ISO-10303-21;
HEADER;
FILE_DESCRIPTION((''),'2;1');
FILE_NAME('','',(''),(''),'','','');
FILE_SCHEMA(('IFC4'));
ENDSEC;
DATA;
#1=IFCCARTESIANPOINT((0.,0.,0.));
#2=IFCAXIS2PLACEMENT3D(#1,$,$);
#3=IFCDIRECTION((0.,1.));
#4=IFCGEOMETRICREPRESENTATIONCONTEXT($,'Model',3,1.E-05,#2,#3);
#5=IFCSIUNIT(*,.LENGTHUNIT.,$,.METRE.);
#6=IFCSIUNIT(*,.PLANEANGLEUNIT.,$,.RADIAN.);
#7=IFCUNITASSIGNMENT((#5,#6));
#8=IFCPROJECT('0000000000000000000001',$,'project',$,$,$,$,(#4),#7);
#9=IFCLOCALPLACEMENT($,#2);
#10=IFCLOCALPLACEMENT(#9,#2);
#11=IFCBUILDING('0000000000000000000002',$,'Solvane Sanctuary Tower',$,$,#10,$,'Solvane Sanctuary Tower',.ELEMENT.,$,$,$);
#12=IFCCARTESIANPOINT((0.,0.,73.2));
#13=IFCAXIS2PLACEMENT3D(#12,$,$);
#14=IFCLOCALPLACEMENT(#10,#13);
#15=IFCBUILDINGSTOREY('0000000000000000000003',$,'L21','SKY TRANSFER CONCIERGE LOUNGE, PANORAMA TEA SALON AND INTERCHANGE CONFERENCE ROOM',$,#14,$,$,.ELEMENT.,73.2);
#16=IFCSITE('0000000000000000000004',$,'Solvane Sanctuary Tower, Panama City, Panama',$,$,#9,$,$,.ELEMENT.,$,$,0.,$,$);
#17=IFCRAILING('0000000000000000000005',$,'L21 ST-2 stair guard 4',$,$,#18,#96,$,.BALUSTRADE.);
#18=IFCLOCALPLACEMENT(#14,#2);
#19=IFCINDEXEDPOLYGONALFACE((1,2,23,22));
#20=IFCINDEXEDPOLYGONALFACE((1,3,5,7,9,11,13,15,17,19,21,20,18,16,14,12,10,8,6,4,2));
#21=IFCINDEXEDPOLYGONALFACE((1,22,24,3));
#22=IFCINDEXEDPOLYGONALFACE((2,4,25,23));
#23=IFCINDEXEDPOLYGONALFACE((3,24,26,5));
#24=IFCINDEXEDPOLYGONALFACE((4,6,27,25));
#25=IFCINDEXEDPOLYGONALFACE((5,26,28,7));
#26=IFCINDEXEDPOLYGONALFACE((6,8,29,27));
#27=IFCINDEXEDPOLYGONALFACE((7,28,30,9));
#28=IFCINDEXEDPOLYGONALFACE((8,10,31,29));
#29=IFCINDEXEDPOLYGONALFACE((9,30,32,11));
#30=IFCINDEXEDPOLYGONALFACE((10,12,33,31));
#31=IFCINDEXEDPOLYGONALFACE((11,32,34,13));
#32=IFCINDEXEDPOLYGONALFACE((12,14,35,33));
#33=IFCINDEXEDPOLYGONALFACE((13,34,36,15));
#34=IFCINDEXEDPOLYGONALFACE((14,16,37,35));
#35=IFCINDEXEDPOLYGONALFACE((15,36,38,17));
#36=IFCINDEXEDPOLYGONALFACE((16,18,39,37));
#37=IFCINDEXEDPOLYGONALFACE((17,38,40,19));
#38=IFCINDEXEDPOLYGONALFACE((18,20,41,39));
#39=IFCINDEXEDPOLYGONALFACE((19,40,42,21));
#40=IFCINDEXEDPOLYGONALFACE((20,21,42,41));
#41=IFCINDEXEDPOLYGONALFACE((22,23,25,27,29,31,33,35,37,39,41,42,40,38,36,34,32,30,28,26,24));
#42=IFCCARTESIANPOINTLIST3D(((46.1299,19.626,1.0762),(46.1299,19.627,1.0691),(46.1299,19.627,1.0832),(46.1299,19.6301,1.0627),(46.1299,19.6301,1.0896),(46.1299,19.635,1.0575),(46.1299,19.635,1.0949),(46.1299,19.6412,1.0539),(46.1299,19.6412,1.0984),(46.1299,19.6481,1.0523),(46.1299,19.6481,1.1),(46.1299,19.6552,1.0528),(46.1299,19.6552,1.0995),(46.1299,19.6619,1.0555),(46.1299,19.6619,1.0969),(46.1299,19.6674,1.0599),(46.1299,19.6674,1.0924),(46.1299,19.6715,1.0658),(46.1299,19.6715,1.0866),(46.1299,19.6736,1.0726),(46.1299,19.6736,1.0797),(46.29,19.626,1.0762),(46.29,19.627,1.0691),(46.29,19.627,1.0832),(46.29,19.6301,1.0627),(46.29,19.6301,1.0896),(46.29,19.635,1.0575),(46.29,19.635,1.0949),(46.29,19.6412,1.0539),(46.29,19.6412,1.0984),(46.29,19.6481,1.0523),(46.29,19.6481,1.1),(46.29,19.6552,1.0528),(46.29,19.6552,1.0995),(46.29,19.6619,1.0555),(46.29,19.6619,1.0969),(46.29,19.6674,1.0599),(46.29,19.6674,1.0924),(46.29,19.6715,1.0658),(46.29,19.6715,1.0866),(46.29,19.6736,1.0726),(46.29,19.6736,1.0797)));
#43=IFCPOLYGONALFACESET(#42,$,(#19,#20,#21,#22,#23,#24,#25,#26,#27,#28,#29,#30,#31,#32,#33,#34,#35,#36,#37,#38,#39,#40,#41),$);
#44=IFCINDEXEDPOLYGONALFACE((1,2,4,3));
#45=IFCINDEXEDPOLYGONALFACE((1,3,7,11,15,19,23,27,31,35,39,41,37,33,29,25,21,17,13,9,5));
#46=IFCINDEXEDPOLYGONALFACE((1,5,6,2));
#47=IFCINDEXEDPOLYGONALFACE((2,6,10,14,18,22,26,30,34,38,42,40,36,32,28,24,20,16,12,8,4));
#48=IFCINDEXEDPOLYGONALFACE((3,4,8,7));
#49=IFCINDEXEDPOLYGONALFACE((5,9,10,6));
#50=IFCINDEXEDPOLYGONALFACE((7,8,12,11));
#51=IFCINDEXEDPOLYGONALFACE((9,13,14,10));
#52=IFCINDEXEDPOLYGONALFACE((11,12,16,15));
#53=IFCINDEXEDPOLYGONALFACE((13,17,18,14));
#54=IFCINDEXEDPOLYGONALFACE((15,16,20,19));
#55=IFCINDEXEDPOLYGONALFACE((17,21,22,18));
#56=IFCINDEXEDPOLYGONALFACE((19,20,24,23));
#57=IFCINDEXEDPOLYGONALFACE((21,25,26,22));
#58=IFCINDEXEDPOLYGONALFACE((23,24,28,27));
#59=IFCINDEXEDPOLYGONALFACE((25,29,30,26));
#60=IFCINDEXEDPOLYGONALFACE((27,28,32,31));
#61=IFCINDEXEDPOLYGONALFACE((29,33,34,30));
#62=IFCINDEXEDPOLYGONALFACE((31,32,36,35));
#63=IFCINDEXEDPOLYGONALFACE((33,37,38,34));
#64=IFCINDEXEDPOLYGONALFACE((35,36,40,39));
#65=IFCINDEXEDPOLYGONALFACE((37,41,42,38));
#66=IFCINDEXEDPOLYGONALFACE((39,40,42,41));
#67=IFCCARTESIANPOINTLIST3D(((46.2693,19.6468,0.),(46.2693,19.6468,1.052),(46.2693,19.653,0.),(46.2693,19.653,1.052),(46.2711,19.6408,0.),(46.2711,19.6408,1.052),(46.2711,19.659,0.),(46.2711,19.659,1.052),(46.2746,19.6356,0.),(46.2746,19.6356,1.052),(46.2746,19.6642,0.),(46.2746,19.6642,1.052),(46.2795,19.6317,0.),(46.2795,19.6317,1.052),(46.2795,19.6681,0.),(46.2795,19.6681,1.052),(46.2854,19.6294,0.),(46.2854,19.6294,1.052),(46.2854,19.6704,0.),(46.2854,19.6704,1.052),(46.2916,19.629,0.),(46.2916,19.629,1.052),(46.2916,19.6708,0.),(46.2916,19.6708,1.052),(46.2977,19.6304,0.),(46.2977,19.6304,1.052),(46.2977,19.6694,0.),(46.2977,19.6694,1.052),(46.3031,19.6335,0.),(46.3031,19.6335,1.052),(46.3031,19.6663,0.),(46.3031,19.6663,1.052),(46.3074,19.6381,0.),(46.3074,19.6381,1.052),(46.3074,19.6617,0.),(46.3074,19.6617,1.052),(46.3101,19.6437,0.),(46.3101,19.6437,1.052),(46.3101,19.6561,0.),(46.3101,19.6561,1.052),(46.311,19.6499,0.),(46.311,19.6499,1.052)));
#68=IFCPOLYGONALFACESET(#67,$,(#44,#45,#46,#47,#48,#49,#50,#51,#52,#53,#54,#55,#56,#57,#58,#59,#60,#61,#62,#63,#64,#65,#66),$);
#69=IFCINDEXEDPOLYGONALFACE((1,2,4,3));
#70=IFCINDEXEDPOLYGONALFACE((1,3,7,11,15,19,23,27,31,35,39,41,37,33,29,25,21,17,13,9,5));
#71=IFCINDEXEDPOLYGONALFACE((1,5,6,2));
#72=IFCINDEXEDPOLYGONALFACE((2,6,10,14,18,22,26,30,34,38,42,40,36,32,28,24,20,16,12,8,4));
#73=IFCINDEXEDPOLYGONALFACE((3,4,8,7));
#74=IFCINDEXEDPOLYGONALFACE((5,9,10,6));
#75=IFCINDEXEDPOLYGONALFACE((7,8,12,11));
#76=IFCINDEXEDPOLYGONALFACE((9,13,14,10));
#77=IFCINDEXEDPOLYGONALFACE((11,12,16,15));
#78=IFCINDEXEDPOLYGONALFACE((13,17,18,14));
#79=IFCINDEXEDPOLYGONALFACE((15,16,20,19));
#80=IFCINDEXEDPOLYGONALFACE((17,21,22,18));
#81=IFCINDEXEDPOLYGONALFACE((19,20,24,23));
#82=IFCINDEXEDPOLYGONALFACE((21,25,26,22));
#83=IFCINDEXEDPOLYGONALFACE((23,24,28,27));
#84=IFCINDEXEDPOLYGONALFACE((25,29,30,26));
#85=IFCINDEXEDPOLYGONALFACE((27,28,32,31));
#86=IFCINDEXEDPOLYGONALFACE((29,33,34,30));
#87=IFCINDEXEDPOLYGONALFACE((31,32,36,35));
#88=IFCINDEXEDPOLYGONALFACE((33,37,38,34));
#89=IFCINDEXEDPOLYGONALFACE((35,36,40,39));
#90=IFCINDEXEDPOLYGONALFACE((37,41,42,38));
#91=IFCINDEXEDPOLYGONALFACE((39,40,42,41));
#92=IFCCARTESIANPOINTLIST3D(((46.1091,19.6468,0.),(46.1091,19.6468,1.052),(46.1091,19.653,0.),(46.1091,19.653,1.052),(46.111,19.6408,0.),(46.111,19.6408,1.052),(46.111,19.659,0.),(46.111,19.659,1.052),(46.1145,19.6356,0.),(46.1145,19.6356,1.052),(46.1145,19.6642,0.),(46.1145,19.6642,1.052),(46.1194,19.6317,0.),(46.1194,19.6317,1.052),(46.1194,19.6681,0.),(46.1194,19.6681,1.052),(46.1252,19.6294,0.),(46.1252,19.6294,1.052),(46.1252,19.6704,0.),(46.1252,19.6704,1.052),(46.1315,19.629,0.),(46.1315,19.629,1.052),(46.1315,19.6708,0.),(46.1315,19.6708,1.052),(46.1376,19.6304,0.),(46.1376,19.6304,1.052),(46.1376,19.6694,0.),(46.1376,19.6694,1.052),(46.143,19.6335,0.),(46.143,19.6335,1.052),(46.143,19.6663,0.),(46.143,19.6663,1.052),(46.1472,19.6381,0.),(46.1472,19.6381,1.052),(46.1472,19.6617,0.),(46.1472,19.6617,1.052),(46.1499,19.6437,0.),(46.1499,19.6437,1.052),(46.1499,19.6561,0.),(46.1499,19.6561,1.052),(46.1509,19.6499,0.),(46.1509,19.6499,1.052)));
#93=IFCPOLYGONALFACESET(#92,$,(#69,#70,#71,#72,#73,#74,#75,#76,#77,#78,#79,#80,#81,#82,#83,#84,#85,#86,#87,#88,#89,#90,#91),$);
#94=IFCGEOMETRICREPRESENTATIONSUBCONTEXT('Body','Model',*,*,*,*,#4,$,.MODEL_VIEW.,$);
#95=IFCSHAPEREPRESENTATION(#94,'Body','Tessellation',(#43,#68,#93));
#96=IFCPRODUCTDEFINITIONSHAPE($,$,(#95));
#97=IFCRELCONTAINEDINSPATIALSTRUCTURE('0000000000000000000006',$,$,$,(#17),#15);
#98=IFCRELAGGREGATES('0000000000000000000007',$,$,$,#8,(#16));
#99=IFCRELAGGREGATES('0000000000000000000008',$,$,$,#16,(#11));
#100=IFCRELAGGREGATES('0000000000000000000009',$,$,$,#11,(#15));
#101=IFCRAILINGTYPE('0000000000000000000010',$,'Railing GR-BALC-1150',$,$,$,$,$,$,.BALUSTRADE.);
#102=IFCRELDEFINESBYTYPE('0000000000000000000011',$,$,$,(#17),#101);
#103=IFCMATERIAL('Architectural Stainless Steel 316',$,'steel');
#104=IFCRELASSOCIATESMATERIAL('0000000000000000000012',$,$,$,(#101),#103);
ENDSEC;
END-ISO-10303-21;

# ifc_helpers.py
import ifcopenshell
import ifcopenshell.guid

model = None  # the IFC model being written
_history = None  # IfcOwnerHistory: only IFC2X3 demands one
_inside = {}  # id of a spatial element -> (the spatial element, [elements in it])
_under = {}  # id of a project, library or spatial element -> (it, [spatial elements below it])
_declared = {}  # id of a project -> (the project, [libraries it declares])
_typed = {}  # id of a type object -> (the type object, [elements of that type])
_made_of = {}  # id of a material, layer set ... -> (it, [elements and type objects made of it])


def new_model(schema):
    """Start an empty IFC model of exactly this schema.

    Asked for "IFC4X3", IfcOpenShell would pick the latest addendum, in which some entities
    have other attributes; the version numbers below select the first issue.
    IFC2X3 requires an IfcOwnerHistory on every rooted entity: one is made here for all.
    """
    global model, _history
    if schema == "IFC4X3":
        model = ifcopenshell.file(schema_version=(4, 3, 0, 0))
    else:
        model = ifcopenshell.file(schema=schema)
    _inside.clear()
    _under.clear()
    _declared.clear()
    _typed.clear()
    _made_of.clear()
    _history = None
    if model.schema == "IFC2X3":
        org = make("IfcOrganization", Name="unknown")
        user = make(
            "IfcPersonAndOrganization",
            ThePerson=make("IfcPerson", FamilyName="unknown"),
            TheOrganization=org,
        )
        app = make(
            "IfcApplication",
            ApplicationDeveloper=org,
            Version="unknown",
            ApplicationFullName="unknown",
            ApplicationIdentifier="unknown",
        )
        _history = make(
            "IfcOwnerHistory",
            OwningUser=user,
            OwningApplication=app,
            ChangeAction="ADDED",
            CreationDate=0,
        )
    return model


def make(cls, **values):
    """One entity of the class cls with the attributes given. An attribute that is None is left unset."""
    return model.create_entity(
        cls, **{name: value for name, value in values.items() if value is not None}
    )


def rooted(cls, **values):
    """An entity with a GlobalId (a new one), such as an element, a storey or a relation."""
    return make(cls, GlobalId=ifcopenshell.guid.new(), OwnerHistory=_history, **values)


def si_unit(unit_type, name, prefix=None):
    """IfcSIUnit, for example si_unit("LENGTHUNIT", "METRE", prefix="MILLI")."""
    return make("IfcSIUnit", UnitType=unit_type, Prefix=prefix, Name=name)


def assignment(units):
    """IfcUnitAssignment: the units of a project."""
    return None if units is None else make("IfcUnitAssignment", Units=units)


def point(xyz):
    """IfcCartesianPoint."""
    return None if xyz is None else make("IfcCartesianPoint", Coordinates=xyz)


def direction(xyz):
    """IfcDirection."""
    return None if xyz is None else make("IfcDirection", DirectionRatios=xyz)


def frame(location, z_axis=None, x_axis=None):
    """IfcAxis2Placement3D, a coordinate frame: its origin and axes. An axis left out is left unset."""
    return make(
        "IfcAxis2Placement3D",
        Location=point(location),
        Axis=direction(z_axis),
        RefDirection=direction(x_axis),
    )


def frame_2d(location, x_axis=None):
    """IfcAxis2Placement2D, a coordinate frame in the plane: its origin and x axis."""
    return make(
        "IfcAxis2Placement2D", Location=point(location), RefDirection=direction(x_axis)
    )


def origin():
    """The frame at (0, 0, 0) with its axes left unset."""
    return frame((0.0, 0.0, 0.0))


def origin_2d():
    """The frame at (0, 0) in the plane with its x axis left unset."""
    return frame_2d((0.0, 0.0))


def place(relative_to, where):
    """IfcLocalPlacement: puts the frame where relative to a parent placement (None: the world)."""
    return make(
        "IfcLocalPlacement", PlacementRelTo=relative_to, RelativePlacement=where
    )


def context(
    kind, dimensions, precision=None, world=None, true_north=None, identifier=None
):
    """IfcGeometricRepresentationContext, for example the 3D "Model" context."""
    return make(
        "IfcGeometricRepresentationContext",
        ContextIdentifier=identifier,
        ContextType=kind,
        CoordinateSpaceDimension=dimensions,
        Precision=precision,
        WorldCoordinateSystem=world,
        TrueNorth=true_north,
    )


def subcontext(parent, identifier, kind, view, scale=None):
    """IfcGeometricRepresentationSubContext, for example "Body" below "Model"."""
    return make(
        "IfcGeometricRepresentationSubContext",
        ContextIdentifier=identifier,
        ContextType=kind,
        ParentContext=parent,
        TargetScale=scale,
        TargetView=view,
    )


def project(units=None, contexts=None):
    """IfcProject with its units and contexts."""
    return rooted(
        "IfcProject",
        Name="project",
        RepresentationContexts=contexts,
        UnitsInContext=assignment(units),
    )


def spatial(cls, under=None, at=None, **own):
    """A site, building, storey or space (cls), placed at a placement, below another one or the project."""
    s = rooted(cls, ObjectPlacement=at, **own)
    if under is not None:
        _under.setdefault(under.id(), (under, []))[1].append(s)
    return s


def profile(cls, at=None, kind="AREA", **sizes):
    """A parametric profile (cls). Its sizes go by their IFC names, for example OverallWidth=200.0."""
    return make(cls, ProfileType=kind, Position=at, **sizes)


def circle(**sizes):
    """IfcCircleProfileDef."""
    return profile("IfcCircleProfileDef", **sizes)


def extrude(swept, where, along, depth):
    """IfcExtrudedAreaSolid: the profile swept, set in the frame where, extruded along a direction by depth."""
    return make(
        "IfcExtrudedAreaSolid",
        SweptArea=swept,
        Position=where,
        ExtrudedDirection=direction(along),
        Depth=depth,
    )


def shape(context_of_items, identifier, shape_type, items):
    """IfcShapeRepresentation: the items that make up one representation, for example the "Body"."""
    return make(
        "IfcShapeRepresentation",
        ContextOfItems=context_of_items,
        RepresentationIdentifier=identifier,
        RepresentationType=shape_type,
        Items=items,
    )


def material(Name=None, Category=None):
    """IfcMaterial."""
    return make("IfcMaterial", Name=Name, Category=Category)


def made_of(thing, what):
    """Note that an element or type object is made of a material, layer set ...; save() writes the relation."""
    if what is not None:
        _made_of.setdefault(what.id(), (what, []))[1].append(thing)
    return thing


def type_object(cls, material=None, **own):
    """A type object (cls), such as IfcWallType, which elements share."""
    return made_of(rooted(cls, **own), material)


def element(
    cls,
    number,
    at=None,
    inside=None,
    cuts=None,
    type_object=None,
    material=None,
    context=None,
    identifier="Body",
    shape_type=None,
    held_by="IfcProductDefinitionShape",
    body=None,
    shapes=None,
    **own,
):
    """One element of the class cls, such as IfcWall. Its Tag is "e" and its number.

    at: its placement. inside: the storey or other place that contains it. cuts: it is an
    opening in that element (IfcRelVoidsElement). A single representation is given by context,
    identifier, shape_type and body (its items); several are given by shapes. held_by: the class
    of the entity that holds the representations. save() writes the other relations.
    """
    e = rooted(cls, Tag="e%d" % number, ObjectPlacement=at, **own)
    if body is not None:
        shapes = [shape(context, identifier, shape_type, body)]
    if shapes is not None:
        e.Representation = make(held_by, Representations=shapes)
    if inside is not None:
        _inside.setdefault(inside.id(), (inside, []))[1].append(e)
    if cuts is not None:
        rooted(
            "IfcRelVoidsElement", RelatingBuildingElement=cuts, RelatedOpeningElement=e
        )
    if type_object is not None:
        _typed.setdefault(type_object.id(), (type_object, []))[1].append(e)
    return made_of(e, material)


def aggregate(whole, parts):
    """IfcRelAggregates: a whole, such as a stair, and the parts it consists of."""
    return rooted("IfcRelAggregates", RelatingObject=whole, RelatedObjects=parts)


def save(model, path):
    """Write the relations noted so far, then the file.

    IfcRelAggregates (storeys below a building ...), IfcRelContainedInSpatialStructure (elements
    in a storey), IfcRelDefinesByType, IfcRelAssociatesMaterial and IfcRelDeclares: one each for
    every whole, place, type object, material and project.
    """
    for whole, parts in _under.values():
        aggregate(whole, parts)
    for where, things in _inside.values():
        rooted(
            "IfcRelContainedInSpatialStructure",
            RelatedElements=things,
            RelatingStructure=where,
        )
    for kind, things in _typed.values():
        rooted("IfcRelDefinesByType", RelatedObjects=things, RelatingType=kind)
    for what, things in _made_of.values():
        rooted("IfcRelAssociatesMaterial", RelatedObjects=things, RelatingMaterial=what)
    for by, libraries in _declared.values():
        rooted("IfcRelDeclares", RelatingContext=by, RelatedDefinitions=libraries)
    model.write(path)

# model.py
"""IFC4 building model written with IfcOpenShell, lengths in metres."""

from ifc_helpers import new_model, si_unit, direction, frame, origin, origin_2d, place, context, subcontext, project, spatial, circle, extrude, material, type_object, element, save


model = new_model("IFC4")

# Units and contexts
model_context = context("Model", 3, precision=1e-05, world=origin(), true_north=direction((0.0, 1.0)))
body_context = subcontext(model_context, "Body", "Model", "MODEL_VIEW")
ifc_project = project(units=[si_unit("LENGTHUNIT", "METRE"), si_unit("PLANEANGLEUNIT", "RADIAN")], contexts=[model_context])

# Site, building, storey
site_placement = place(None, origin())
site = spatial("IfcSite", under=ifc_project, at=site_placement, Name="Solvane Sanctuary Tower, Panama City, Panama", CompositionType="ELEMENT", RefElevation=0.0)
building_placement = place(site_placement, origin())
building = spatial("IfcBuilding", under=site, at=building_placement, Name="Solvane Sanctuary Tower", LongName="Solvane Sanctuary Tower", CompositionType="ELEMENT")
storey_placement = place(building_placement, frame((0.0, 0.0, 73.2)))
storey = spatial("IfcBuildingStorey", under=building, at=storey_placement, Name="L21", Description="SKY TRANSFER CONCIERGE LOUNGE, PANORAMA TEA SALON AND INTERCHANGE CONFERENCE ROOM", CompositionType="ELEMENT", Elevation=73.2)

# Shared definitions
ifc_material_1 = material(Name="Architectural Stainless Steel 316", Category="steel")

# Railing
railing_type_1 = type_object("IfcRailingType", Name="Railing GR-BALC-1150", PredefinedType="BALUSTRADE", material=ifc_material_1)
railing_1_placement = place(storey_placement, frame((46.29, 19.6499, 0.0)))
element("IfcRailing", 1, at=railing_1_placement, inside=storey, type_object=railing_type_1, Name="L21 ST-2 stair guard 4", PredefinedType="BALUSTRADE", context=body_context, shape_type="SweptSolid", body=[
    extrude(circle(Radius=0.0239, at=origin_2d()), frame((0.0, 0.0, 1.0762), z_axis=(-1.0, 0.0, 0.0), x_axis=(0.0, -1.0, 0.0)), (0.0, 0.0, 1.0), 0.1602),
    extrude(circle(Radius=0.021, at=origin_2d()), origin(), (0.0, 0.0, 1.0), 1.052),
    extrude(circle(Radius=0.021, at=origin_2d()), frame((-0.1602, 0.0, 0.0)), (0.0, 0.0, 1.0), 1.052),
])

save(model, "model.ifc")
